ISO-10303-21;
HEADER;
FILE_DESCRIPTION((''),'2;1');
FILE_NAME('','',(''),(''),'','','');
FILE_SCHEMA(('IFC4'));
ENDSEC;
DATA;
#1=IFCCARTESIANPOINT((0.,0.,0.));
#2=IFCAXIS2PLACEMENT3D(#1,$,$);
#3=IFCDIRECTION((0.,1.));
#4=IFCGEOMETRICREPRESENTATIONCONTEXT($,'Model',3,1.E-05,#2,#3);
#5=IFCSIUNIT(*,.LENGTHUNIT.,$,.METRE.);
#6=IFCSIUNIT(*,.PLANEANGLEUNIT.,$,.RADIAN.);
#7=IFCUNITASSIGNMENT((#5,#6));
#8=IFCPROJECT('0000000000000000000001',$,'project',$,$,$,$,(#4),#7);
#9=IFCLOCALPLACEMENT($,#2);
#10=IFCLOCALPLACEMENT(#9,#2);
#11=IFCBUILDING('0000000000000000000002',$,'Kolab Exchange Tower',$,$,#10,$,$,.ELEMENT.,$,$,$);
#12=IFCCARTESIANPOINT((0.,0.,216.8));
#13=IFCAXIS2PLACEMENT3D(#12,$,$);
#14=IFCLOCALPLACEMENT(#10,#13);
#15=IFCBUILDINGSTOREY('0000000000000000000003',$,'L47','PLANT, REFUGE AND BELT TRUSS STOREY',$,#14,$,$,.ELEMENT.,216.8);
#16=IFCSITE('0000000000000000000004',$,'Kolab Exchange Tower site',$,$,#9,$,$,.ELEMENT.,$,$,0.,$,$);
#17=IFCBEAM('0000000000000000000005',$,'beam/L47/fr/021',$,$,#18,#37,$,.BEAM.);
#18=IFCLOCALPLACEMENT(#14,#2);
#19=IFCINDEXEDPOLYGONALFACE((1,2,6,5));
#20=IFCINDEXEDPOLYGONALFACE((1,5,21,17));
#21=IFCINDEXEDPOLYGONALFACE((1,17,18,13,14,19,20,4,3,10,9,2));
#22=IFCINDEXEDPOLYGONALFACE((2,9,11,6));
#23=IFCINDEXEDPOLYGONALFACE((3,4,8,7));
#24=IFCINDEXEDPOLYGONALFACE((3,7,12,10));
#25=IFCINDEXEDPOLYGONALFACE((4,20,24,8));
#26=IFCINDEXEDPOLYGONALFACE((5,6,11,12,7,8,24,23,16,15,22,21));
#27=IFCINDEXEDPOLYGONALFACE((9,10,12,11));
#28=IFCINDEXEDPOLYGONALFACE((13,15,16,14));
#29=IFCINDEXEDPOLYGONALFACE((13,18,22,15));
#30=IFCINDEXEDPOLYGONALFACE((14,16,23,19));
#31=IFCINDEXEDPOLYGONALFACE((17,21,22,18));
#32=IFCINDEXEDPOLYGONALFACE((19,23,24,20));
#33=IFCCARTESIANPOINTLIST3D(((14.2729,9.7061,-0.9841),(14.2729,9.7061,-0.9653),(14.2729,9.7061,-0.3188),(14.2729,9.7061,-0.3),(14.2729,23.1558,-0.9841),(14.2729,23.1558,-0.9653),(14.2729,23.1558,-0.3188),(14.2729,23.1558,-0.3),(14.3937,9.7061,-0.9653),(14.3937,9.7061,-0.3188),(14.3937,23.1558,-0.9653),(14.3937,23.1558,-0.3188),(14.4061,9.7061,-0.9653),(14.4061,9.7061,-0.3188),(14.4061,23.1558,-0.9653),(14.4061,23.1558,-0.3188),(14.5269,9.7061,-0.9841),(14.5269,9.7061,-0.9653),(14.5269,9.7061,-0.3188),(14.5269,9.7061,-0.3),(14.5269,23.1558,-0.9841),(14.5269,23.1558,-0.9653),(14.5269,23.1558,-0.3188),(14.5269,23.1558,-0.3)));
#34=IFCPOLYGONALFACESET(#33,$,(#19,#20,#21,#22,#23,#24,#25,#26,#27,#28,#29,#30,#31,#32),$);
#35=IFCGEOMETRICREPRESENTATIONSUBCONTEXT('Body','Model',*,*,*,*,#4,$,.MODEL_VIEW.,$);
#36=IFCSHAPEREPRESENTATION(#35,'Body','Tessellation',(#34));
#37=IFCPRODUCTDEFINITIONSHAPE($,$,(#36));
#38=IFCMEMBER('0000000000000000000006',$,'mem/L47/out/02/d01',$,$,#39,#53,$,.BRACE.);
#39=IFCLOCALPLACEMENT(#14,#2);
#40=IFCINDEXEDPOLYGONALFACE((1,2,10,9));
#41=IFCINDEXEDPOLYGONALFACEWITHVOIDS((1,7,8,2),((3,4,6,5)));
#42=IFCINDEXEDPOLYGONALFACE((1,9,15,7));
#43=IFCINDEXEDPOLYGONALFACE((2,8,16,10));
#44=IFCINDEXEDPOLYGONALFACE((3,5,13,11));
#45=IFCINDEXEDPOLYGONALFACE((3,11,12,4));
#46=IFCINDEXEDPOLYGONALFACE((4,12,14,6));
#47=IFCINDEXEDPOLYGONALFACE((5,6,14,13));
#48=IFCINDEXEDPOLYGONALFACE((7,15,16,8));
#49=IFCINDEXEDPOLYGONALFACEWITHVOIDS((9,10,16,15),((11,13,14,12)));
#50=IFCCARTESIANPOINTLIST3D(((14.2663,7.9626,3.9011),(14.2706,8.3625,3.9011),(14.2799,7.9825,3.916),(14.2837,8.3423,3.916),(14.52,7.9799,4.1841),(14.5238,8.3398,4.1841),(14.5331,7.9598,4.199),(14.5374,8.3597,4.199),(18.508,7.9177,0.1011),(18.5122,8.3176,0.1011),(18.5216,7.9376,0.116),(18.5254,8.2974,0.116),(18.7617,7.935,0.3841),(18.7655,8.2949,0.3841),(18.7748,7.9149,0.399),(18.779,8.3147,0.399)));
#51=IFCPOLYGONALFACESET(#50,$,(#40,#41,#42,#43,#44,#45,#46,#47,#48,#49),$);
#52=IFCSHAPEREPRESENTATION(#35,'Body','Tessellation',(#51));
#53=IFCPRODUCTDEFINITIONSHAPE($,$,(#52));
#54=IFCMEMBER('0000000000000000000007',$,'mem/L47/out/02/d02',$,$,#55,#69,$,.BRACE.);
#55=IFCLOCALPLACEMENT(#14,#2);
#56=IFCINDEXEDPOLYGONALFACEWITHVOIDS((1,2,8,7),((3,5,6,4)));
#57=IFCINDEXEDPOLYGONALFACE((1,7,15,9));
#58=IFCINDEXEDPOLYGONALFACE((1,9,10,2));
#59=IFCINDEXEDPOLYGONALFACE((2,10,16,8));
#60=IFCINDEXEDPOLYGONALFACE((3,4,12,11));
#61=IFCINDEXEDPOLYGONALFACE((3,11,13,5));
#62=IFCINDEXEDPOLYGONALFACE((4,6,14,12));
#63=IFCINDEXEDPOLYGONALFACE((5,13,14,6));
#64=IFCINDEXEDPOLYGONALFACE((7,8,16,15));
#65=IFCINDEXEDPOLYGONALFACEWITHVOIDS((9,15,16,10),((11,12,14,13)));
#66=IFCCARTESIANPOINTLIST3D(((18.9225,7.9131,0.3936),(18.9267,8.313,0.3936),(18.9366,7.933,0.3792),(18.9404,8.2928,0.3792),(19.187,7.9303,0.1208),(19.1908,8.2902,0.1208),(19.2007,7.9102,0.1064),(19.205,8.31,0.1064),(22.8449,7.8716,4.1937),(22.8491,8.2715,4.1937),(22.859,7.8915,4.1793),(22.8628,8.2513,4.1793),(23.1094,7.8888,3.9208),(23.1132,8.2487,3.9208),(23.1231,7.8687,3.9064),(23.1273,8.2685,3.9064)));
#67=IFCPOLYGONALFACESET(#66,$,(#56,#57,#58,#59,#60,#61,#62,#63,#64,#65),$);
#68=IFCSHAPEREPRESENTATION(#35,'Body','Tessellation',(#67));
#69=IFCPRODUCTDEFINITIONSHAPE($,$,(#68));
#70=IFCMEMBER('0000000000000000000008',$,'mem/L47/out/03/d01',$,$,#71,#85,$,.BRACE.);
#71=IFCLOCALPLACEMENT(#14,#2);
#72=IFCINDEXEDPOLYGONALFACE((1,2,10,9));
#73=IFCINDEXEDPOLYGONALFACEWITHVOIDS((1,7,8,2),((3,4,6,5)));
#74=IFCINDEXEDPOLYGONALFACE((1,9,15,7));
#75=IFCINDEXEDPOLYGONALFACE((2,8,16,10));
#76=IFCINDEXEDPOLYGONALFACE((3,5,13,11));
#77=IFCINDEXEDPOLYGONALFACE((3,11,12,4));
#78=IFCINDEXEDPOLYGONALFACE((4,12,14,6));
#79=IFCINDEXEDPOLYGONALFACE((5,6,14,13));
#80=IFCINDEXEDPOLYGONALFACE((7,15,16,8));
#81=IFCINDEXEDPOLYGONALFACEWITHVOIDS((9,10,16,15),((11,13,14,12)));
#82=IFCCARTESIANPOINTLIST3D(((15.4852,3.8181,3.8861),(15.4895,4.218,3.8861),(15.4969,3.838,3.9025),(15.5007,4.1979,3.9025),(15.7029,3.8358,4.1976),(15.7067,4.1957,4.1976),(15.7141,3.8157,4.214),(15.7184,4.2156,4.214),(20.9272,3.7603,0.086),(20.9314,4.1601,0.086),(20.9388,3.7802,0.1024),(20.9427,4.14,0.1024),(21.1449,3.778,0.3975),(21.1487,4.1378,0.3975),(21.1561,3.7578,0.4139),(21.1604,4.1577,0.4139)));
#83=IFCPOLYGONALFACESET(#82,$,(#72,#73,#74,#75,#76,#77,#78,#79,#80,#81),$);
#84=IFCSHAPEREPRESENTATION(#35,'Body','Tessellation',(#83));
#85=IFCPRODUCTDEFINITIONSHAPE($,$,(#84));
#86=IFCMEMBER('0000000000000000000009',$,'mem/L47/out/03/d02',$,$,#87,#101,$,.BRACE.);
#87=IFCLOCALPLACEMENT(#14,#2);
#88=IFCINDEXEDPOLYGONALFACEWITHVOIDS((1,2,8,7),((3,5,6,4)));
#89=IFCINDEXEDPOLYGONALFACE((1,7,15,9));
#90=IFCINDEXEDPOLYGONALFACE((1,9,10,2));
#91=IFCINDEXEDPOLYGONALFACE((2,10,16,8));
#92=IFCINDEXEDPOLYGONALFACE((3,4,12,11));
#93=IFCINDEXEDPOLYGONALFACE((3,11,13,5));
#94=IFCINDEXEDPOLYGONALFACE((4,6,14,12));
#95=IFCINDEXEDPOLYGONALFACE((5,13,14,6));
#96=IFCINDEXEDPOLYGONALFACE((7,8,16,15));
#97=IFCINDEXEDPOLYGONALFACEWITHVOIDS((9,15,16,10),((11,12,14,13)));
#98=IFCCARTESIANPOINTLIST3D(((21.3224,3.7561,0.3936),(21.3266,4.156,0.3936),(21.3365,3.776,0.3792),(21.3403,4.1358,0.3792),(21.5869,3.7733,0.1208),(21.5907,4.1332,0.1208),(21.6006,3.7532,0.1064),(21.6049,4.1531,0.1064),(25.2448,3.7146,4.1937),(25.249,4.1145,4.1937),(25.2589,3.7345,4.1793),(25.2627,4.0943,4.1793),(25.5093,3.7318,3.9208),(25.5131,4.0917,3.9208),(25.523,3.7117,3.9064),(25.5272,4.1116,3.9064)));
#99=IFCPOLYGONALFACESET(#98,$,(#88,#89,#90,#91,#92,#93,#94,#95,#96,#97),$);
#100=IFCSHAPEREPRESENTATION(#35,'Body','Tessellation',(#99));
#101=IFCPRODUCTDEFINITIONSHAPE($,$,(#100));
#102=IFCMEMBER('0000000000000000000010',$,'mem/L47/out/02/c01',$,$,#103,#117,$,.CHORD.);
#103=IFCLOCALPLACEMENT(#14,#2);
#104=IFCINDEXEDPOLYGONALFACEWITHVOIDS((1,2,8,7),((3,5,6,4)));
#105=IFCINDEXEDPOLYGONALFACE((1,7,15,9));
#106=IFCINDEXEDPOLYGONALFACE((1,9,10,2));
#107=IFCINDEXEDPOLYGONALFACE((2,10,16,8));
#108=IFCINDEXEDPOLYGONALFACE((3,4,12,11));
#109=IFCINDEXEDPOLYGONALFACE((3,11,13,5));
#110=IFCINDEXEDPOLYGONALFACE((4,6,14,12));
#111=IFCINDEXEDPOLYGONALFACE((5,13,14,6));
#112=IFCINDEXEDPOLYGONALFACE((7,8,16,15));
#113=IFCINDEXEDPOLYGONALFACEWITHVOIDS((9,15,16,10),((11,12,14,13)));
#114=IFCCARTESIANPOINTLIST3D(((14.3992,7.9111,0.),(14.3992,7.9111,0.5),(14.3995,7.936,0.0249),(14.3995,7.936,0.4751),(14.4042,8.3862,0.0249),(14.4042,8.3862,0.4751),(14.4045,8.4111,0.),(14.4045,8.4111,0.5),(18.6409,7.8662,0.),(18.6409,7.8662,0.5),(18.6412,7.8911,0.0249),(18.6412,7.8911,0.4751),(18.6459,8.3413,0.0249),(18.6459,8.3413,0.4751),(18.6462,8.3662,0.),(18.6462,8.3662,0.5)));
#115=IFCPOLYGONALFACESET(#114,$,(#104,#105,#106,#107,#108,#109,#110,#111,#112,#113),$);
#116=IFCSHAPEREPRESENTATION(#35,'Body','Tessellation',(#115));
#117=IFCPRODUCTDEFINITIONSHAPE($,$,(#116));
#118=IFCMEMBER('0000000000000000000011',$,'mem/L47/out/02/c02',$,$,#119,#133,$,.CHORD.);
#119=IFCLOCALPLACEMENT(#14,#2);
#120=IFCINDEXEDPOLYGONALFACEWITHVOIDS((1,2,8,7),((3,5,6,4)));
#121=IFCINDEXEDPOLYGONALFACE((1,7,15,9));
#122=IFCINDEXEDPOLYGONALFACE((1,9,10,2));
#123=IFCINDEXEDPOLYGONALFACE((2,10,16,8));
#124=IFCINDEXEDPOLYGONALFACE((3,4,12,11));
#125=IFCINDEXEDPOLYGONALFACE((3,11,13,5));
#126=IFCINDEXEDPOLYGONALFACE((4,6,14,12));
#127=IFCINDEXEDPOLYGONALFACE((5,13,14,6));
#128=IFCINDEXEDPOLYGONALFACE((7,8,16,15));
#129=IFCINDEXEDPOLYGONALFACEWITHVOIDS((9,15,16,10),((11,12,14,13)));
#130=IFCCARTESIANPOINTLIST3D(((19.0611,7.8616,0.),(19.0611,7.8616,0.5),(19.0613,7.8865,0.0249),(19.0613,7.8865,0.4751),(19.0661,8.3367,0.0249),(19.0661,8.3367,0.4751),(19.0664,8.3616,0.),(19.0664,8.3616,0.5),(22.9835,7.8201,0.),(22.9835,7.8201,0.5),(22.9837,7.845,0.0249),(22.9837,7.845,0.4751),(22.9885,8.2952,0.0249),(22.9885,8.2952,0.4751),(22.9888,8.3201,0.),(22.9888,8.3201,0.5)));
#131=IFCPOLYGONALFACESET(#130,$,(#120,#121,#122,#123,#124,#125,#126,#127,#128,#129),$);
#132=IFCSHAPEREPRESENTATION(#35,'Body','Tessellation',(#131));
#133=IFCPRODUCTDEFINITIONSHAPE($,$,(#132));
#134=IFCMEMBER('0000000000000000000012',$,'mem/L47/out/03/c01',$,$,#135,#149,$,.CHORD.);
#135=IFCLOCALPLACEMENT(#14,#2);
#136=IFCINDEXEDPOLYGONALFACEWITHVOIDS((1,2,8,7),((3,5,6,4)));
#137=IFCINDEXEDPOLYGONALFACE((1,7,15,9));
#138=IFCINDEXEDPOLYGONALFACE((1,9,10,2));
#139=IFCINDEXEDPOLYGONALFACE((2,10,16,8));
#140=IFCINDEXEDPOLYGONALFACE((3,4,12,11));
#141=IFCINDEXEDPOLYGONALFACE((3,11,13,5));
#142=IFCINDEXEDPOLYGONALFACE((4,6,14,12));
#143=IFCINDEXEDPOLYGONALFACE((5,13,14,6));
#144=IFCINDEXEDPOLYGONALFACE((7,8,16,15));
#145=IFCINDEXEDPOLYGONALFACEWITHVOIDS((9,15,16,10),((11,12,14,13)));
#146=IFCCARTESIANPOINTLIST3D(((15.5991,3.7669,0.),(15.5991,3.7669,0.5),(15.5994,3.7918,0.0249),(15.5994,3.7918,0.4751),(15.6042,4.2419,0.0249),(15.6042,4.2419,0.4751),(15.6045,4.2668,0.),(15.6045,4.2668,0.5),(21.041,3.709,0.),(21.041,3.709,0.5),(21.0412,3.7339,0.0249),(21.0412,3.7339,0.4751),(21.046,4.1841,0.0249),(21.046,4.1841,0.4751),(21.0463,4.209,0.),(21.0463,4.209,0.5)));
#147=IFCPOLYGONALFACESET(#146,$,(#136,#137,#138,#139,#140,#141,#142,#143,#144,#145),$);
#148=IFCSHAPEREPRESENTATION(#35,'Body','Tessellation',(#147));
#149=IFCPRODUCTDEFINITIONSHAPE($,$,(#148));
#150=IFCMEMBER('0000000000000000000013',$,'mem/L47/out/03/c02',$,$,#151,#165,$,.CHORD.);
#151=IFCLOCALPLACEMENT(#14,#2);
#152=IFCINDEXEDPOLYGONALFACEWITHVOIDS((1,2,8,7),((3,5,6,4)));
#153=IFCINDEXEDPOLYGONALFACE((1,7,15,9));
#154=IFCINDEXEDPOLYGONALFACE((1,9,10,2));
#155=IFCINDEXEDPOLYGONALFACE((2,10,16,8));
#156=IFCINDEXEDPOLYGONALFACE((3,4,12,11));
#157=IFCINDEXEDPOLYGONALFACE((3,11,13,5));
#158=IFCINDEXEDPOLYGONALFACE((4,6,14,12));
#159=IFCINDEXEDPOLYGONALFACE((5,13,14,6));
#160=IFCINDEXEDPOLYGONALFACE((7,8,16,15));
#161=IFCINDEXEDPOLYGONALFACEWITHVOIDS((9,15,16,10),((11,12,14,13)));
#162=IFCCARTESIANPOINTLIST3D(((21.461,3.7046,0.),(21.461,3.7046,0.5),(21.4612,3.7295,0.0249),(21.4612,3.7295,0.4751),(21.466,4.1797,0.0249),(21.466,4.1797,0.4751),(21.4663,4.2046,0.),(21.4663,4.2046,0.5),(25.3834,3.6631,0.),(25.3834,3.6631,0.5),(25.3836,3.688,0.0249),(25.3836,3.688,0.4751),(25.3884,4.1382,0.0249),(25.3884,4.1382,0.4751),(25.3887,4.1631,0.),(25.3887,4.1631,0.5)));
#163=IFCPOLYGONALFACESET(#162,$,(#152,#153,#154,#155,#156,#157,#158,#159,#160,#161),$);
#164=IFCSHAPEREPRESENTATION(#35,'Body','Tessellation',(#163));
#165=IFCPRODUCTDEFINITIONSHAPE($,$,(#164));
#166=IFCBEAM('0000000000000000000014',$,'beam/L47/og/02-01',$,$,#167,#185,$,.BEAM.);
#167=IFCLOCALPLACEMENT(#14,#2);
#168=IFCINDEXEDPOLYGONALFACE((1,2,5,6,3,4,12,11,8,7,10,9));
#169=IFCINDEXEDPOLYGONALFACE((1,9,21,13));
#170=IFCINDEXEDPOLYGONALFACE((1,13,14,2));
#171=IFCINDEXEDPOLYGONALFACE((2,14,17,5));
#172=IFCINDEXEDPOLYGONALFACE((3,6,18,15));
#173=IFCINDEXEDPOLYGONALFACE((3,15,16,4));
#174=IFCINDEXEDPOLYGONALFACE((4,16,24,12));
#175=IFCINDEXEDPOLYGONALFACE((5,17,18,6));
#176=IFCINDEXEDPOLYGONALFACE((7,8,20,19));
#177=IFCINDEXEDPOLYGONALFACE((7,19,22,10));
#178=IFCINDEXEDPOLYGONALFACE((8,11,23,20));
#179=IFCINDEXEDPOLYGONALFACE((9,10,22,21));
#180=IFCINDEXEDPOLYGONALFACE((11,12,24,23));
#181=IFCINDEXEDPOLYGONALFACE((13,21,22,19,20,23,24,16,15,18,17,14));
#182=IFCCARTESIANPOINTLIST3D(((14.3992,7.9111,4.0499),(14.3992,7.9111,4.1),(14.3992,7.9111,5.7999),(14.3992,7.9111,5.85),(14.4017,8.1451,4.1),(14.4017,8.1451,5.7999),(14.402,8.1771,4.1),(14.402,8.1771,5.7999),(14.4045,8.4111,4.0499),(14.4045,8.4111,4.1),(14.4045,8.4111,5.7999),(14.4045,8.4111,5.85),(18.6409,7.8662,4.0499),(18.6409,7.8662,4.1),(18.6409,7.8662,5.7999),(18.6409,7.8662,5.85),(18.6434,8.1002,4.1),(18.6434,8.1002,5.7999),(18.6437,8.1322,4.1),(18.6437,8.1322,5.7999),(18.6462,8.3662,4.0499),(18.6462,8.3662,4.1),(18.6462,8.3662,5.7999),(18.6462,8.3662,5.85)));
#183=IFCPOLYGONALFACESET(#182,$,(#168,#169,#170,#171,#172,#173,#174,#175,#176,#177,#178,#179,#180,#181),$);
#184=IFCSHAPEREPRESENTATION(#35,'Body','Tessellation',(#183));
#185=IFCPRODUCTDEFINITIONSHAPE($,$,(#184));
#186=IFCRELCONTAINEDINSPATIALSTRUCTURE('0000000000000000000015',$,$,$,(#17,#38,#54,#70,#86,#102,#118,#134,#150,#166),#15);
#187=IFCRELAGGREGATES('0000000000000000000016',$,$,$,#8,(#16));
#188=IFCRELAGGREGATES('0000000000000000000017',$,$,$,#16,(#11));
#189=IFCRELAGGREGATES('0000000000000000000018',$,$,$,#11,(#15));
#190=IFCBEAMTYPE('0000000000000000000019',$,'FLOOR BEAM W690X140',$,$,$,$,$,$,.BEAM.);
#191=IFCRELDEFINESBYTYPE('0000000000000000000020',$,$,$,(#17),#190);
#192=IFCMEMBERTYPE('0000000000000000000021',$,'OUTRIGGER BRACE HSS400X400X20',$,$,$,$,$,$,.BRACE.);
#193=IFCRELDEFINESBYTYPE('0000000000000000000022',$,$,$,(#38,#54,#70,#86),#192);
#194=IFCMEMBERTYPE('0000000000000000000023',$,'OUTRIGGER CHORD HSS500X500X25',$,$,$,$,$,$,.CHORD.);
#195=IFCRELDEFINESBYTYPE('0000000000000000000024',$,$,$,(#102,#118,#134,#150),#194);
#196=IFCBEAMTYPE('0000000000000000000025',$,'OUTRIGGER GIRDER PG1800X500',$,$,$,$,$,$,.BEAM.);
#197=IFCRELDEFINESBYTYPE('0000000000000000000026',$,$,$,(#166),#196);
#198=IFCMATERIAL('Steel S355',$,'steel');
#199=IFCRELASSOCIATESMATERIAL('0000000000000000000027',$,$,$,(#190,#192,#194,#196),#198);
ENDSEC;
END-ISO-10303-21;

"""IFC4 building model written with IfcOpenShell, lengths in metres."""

from ifc_helpers import new_model, si_unit, direction, frame, origin, origin_2d, place, context, subcontext, project, spatial, hollow_rectangle, i_section, extrude, material, material_profile, profile_set, type_object, element, save


model = new_model("IFC4")

# Units and contexts
model_context = context("Model", 3, precision=1e-05, world=origin(), true_north=direction((0.0, 1.0)))
body_context = subcontext(model_context, "Body", "Model", "MODEL_VIEW")
ifc_project = project(units=[si_unit("LENGTHUNIT", "METRE"), si_unit("PLANEANGLEUNIT", "RADIAN")], contexts=[model_context])

# Site, building, storey
site_placement = place(None, origin())
site = spatial("IfcSite", under=ifc_project, at=site_placement, Name="Kolab Exchange Tower site", CompositionType="ELEMENT", RefElevation=0.0)
building_placement = place(site_placement, origin())
building = spatial("IfcBuilding", under=site, at=building_placement, Name="Kolab Exchange Tower", CompositionType="ELEMENT")
storey_placement = place(building_placement, frame((0.0, 0.0, 216.8)))
storey = spatial("IfcBuildingStorey", under=building, at=storey_placement, Name="L47", Description="PLANT, REFUGE AND BELT TRUSS STOREY", CompositionType="ELEMENT", Elevation=216.8)

# Shared definitions
ifc_material_1 = material(Name="Steel S355", Category="steel")

# Beam
ifc_material_profile_1 = material_profile(ifc_material_1, i_section(OverallWidth=0.2539, OverallDepth=0.6841, WebThickness=0.0125, FlangeThickness=0.0188, at=origin_2d()), Name="W690X140")
ifc_profile_set_1 = profile_set([ifc_material_profile_1], Name="Steel S355")
beam_type_1 = type_object("IfcBeamType", Name="FLOOR BEAM W690X140", PredefinedType="BEAM", material=ifc_profile_set_1)
beam_1_placement = place(storey_placement, frame((14.3999, 9.7061, -0.6421), z_axis=(0.0, 1.0, 0.0), x_axis=(-1.0, 0.0, 0.0)))
element("IfcBeam", 1, at=beam_1_placement, inside=storey, type_object=beam_type_1, Name="beam/L47/fr/021", PredefinedType="BEAM", context=body_context, shape_type="SweptSolid", body=[
    extrude(i_section(OverallWidth=0.2539, OverallDepth=0.6841, WebThickness=0.0125, FlangeThickness=0.0188, at=origin_2d()), origin(), (0.0, 0.0, 1.0), 13.4497),
])

# Members
ifc_material_profile_2 = material_profile(ifc_material_1, hollow_rectangle(XDim=0.3999, YDim=0.3999, WallThickness=0.02, at=origin_2d()), Name="HSS400X400X20")
ifc_profile_set_2 = profile_set([ifc_material_profile_2], Name="Steel S355")
member_type_1 = type_object("IfcMemberType", Name="OUTRIGGER BRACE HSS400X400X20", PredefinedType="BRACE", material=ifc_profile_set_2)
member_1_placement = place(storey_placement, frame((14.4019, 8.1611, 4.05), z_axis=(0.744795, -0.007888, -0.667246), x_axis=(0.01059, 0.999944, 0.0)))
element("IfcMember", 2, at=member_1_placement, inside=storey, type_object=member_type_1, Name="mem/L47/out/02/d01", PredefinedType="BRACE", context=body_context, shape_type="SweptSolid", body=[
    extrude(hollow_rectangle(XDim=0.3999, YDim=0.3999, WallThickness=0.02, at=origin_2d()), origin(), (0.0, 0.0, 1.0), 5.6951),
])
member_2_placement = place(storey_placement, frame((19.0637, 8.1116, 0.25), z_axis=(0.718196, -0.007599, 0.6958), x_axis=(0.010581, 0.999944, 0.0)))
element("IfcMember", 3, at=member_2_placement, inside=storey, type_object=member_type_1, Name="mem/L47/out/02/d02", PredefinedType="BRACE", context=body_context, shape_type="SweptSolid", body=[
    extrude(hollow_rectangle(XDim=0.3999, YDim=0.3999, WallThickness=0.02, at=origin_2d()), origin(), (0.0, 0.0, 1.0), 5.4614),
])
member_3_placement = place(storey_placement, frame((15.6018, 4.0168, 4.05), z_axis=(0.819857, -0.008717, -0.572502), x_axis=(0.010632, 0.999943, 0.0)))
element("IfcMember", 4, at=member_3_placement, inside=storey, type_object=member_type_1, Name="mem/L47/out/03/d01", PredefinedType="BRACE", context=body_context, shape_type="SweptSolid", body=[
    extrude(hollow_rectangle(XDim=0.3999, YDim=0.3999, WallThickness=0.02, at=origin_2d()), origin(), (0.0, 0.0, 1.0), 6.6377),
])
member_4_placement = place(storey_placement, frame((21.4636, 3.9546, 0.25), z_axis=(0.718196, -0.007599, 0.6958), x_axis=(0.010581, 0.999944, 0.0)))
element("IfcMember", 5, at=member_4_placement, inside=storey, type_object=member_type_1, Name="mem/L47/out/03/d02", PredefinedType="BRACE", context=body_context, shape_type="SweptSolid", body=[
    extrude(hollow_rectangle(XDim=0.3999, YDim=0.3999, WallThickness=0.02, at=origin_2d()), origin(), (0.0, 0.0, 1.0), 5.4614),
])
ifc_material_profile_3 = material_profile(ifc_material_1, hollow_rectangle(XDim=0.5, YDim=0.5, WallThickness=0.0249, at=origin_2d()), Name="HSS500X500X25")
ifc_profile_set_3 = profile_set([ifc_material_profile_3], Name="Steel S355")
member_type_2 = type_object("IfcMemberType", Name="OUTRIGGER CHORD HSS500X500X25", PredefinedType="CHORD", material=ifc_profile_set_3)
member_5_placement = place(storey_placement, frame((14.4019, 8.1611, 0.25), z_axis=(0.999944, -0.01059, 0.0), x_axis=(0.01059, 0.999944, 0.0)))
element("IfcMember", 6, at=member_5_placement, inside=storey, type_object=member_type_2, Name="mem/L47/out/02/c01", PredefinedType="CHORD", context=body_context, shape_type="SweptSolid", body=[
    extrude(hollow_rectangle(XDim=0.5, YDim=0.5, WallThickness=0.0249, at=origin_2d()), origin(), (0.0, 0.0, 1.0), 4.2419),
])
member_6_placement = place(storey_placement, frame((19.0637, 8.1116, 0.25), z_axis=(0.999944, -0.010581, 0.0), x_axis=(0.010581, 0.999944, 0.0)))
element("IfcMember", 7, at=member_6_placement, inside=storey, type_object=member_type_2, Name="mem/L47/out/02/c02", PredefinedType="CHORD", context=body_context, shape_type="SweptSolid", body=[
    extrude(hollow_rectangle(XDim=0.5, YDim=0.5, WallThickness=0.0249, at=origin_2d()), origin(), (0.0, 0.0, 1.0), 3.9226),
])
member_7_placement = place(storey_placement, frame((15.6018, 4.0168, 0.25), z_axis=(0.999943, -0.010632, 0.0), x_axis=(0.010632, 0.999943, 0.0)))
element("IfcMember", 8, at=member_7_placement, inside=storey, type_object=member_type_2, Name="mem/L47/out/03/c01", PredefinedType="CHORD", context=body_context, shape_type="SweptSolid", body=[
    extrude(hollow_rectangle(XDim=0.5, YDim=0.5, WallThickness=0.0249, at=origin_2d()), origin(), (0.0, 0.0, 1.0), 5.4421),
])
member_8_placement = place(storey_placement, frame((21.4636, 3.9546, 0.25), z_axis=(0.999944, -0.010581, 0.0), x_axis=(0.010581, 0.999944, 0.0)))
element("IfcMember", 9, at=member_8_placement, inside=storey, type_object=member_type_2, Name="mem/L47/out/03/c02", PredefinedType="CHORD", context=body_context, shape_type="SweptSolid", body=[
    extrude(hollow_rectangle(XDim=0.5, YDim=0.5, WallThickness=0.0249, at=origin_2d()), origin(), (0.0, 0.0, 1.0), 3.9226),
])

# Beam
ifc_material_profile_4 = material_profile(ifc_material_1, i_section(OverallWidth=0.5, OverallDepth=1.8, WebThickness=0.032, FlangeThickness=0.05, at=origin_2d()), Name="PG1800X500")
ifc_profile_set_4 = profile_set([ifc_material_profile_4], Name="Steel S355")
beam_type_2 = type_object("IfcBeamType", Name="OUTRIGGER GIRDER PG1800X500", PredefinedType="BEAM", material=ifc_profile_set_4)
beam_2_placement = place(storey_placement, frame((14.4019, 8.1611, 4.95), z_axis=(0.999944, -0.01059, 0.0), x_axis=(0.01059, 0.999944, 0.0)))
element("IfcBeam", 10, at=beam_2_placement, inside=storey, type_object=beam_type_2, Name="beam/L47/og/02-01", PredefinedType="BEAM", context=body_context, shape_type="SweptSolid", body=[
    extrude(i_section(OverallWidth=0.5, OverallDepth=1.8, WebThickness=0.032, FlangeThickness=0.05, at=origin_2d()), origin(), (0.0, 0.0, 1.0), 4.2419),
])

save(model, "model.ifc")
